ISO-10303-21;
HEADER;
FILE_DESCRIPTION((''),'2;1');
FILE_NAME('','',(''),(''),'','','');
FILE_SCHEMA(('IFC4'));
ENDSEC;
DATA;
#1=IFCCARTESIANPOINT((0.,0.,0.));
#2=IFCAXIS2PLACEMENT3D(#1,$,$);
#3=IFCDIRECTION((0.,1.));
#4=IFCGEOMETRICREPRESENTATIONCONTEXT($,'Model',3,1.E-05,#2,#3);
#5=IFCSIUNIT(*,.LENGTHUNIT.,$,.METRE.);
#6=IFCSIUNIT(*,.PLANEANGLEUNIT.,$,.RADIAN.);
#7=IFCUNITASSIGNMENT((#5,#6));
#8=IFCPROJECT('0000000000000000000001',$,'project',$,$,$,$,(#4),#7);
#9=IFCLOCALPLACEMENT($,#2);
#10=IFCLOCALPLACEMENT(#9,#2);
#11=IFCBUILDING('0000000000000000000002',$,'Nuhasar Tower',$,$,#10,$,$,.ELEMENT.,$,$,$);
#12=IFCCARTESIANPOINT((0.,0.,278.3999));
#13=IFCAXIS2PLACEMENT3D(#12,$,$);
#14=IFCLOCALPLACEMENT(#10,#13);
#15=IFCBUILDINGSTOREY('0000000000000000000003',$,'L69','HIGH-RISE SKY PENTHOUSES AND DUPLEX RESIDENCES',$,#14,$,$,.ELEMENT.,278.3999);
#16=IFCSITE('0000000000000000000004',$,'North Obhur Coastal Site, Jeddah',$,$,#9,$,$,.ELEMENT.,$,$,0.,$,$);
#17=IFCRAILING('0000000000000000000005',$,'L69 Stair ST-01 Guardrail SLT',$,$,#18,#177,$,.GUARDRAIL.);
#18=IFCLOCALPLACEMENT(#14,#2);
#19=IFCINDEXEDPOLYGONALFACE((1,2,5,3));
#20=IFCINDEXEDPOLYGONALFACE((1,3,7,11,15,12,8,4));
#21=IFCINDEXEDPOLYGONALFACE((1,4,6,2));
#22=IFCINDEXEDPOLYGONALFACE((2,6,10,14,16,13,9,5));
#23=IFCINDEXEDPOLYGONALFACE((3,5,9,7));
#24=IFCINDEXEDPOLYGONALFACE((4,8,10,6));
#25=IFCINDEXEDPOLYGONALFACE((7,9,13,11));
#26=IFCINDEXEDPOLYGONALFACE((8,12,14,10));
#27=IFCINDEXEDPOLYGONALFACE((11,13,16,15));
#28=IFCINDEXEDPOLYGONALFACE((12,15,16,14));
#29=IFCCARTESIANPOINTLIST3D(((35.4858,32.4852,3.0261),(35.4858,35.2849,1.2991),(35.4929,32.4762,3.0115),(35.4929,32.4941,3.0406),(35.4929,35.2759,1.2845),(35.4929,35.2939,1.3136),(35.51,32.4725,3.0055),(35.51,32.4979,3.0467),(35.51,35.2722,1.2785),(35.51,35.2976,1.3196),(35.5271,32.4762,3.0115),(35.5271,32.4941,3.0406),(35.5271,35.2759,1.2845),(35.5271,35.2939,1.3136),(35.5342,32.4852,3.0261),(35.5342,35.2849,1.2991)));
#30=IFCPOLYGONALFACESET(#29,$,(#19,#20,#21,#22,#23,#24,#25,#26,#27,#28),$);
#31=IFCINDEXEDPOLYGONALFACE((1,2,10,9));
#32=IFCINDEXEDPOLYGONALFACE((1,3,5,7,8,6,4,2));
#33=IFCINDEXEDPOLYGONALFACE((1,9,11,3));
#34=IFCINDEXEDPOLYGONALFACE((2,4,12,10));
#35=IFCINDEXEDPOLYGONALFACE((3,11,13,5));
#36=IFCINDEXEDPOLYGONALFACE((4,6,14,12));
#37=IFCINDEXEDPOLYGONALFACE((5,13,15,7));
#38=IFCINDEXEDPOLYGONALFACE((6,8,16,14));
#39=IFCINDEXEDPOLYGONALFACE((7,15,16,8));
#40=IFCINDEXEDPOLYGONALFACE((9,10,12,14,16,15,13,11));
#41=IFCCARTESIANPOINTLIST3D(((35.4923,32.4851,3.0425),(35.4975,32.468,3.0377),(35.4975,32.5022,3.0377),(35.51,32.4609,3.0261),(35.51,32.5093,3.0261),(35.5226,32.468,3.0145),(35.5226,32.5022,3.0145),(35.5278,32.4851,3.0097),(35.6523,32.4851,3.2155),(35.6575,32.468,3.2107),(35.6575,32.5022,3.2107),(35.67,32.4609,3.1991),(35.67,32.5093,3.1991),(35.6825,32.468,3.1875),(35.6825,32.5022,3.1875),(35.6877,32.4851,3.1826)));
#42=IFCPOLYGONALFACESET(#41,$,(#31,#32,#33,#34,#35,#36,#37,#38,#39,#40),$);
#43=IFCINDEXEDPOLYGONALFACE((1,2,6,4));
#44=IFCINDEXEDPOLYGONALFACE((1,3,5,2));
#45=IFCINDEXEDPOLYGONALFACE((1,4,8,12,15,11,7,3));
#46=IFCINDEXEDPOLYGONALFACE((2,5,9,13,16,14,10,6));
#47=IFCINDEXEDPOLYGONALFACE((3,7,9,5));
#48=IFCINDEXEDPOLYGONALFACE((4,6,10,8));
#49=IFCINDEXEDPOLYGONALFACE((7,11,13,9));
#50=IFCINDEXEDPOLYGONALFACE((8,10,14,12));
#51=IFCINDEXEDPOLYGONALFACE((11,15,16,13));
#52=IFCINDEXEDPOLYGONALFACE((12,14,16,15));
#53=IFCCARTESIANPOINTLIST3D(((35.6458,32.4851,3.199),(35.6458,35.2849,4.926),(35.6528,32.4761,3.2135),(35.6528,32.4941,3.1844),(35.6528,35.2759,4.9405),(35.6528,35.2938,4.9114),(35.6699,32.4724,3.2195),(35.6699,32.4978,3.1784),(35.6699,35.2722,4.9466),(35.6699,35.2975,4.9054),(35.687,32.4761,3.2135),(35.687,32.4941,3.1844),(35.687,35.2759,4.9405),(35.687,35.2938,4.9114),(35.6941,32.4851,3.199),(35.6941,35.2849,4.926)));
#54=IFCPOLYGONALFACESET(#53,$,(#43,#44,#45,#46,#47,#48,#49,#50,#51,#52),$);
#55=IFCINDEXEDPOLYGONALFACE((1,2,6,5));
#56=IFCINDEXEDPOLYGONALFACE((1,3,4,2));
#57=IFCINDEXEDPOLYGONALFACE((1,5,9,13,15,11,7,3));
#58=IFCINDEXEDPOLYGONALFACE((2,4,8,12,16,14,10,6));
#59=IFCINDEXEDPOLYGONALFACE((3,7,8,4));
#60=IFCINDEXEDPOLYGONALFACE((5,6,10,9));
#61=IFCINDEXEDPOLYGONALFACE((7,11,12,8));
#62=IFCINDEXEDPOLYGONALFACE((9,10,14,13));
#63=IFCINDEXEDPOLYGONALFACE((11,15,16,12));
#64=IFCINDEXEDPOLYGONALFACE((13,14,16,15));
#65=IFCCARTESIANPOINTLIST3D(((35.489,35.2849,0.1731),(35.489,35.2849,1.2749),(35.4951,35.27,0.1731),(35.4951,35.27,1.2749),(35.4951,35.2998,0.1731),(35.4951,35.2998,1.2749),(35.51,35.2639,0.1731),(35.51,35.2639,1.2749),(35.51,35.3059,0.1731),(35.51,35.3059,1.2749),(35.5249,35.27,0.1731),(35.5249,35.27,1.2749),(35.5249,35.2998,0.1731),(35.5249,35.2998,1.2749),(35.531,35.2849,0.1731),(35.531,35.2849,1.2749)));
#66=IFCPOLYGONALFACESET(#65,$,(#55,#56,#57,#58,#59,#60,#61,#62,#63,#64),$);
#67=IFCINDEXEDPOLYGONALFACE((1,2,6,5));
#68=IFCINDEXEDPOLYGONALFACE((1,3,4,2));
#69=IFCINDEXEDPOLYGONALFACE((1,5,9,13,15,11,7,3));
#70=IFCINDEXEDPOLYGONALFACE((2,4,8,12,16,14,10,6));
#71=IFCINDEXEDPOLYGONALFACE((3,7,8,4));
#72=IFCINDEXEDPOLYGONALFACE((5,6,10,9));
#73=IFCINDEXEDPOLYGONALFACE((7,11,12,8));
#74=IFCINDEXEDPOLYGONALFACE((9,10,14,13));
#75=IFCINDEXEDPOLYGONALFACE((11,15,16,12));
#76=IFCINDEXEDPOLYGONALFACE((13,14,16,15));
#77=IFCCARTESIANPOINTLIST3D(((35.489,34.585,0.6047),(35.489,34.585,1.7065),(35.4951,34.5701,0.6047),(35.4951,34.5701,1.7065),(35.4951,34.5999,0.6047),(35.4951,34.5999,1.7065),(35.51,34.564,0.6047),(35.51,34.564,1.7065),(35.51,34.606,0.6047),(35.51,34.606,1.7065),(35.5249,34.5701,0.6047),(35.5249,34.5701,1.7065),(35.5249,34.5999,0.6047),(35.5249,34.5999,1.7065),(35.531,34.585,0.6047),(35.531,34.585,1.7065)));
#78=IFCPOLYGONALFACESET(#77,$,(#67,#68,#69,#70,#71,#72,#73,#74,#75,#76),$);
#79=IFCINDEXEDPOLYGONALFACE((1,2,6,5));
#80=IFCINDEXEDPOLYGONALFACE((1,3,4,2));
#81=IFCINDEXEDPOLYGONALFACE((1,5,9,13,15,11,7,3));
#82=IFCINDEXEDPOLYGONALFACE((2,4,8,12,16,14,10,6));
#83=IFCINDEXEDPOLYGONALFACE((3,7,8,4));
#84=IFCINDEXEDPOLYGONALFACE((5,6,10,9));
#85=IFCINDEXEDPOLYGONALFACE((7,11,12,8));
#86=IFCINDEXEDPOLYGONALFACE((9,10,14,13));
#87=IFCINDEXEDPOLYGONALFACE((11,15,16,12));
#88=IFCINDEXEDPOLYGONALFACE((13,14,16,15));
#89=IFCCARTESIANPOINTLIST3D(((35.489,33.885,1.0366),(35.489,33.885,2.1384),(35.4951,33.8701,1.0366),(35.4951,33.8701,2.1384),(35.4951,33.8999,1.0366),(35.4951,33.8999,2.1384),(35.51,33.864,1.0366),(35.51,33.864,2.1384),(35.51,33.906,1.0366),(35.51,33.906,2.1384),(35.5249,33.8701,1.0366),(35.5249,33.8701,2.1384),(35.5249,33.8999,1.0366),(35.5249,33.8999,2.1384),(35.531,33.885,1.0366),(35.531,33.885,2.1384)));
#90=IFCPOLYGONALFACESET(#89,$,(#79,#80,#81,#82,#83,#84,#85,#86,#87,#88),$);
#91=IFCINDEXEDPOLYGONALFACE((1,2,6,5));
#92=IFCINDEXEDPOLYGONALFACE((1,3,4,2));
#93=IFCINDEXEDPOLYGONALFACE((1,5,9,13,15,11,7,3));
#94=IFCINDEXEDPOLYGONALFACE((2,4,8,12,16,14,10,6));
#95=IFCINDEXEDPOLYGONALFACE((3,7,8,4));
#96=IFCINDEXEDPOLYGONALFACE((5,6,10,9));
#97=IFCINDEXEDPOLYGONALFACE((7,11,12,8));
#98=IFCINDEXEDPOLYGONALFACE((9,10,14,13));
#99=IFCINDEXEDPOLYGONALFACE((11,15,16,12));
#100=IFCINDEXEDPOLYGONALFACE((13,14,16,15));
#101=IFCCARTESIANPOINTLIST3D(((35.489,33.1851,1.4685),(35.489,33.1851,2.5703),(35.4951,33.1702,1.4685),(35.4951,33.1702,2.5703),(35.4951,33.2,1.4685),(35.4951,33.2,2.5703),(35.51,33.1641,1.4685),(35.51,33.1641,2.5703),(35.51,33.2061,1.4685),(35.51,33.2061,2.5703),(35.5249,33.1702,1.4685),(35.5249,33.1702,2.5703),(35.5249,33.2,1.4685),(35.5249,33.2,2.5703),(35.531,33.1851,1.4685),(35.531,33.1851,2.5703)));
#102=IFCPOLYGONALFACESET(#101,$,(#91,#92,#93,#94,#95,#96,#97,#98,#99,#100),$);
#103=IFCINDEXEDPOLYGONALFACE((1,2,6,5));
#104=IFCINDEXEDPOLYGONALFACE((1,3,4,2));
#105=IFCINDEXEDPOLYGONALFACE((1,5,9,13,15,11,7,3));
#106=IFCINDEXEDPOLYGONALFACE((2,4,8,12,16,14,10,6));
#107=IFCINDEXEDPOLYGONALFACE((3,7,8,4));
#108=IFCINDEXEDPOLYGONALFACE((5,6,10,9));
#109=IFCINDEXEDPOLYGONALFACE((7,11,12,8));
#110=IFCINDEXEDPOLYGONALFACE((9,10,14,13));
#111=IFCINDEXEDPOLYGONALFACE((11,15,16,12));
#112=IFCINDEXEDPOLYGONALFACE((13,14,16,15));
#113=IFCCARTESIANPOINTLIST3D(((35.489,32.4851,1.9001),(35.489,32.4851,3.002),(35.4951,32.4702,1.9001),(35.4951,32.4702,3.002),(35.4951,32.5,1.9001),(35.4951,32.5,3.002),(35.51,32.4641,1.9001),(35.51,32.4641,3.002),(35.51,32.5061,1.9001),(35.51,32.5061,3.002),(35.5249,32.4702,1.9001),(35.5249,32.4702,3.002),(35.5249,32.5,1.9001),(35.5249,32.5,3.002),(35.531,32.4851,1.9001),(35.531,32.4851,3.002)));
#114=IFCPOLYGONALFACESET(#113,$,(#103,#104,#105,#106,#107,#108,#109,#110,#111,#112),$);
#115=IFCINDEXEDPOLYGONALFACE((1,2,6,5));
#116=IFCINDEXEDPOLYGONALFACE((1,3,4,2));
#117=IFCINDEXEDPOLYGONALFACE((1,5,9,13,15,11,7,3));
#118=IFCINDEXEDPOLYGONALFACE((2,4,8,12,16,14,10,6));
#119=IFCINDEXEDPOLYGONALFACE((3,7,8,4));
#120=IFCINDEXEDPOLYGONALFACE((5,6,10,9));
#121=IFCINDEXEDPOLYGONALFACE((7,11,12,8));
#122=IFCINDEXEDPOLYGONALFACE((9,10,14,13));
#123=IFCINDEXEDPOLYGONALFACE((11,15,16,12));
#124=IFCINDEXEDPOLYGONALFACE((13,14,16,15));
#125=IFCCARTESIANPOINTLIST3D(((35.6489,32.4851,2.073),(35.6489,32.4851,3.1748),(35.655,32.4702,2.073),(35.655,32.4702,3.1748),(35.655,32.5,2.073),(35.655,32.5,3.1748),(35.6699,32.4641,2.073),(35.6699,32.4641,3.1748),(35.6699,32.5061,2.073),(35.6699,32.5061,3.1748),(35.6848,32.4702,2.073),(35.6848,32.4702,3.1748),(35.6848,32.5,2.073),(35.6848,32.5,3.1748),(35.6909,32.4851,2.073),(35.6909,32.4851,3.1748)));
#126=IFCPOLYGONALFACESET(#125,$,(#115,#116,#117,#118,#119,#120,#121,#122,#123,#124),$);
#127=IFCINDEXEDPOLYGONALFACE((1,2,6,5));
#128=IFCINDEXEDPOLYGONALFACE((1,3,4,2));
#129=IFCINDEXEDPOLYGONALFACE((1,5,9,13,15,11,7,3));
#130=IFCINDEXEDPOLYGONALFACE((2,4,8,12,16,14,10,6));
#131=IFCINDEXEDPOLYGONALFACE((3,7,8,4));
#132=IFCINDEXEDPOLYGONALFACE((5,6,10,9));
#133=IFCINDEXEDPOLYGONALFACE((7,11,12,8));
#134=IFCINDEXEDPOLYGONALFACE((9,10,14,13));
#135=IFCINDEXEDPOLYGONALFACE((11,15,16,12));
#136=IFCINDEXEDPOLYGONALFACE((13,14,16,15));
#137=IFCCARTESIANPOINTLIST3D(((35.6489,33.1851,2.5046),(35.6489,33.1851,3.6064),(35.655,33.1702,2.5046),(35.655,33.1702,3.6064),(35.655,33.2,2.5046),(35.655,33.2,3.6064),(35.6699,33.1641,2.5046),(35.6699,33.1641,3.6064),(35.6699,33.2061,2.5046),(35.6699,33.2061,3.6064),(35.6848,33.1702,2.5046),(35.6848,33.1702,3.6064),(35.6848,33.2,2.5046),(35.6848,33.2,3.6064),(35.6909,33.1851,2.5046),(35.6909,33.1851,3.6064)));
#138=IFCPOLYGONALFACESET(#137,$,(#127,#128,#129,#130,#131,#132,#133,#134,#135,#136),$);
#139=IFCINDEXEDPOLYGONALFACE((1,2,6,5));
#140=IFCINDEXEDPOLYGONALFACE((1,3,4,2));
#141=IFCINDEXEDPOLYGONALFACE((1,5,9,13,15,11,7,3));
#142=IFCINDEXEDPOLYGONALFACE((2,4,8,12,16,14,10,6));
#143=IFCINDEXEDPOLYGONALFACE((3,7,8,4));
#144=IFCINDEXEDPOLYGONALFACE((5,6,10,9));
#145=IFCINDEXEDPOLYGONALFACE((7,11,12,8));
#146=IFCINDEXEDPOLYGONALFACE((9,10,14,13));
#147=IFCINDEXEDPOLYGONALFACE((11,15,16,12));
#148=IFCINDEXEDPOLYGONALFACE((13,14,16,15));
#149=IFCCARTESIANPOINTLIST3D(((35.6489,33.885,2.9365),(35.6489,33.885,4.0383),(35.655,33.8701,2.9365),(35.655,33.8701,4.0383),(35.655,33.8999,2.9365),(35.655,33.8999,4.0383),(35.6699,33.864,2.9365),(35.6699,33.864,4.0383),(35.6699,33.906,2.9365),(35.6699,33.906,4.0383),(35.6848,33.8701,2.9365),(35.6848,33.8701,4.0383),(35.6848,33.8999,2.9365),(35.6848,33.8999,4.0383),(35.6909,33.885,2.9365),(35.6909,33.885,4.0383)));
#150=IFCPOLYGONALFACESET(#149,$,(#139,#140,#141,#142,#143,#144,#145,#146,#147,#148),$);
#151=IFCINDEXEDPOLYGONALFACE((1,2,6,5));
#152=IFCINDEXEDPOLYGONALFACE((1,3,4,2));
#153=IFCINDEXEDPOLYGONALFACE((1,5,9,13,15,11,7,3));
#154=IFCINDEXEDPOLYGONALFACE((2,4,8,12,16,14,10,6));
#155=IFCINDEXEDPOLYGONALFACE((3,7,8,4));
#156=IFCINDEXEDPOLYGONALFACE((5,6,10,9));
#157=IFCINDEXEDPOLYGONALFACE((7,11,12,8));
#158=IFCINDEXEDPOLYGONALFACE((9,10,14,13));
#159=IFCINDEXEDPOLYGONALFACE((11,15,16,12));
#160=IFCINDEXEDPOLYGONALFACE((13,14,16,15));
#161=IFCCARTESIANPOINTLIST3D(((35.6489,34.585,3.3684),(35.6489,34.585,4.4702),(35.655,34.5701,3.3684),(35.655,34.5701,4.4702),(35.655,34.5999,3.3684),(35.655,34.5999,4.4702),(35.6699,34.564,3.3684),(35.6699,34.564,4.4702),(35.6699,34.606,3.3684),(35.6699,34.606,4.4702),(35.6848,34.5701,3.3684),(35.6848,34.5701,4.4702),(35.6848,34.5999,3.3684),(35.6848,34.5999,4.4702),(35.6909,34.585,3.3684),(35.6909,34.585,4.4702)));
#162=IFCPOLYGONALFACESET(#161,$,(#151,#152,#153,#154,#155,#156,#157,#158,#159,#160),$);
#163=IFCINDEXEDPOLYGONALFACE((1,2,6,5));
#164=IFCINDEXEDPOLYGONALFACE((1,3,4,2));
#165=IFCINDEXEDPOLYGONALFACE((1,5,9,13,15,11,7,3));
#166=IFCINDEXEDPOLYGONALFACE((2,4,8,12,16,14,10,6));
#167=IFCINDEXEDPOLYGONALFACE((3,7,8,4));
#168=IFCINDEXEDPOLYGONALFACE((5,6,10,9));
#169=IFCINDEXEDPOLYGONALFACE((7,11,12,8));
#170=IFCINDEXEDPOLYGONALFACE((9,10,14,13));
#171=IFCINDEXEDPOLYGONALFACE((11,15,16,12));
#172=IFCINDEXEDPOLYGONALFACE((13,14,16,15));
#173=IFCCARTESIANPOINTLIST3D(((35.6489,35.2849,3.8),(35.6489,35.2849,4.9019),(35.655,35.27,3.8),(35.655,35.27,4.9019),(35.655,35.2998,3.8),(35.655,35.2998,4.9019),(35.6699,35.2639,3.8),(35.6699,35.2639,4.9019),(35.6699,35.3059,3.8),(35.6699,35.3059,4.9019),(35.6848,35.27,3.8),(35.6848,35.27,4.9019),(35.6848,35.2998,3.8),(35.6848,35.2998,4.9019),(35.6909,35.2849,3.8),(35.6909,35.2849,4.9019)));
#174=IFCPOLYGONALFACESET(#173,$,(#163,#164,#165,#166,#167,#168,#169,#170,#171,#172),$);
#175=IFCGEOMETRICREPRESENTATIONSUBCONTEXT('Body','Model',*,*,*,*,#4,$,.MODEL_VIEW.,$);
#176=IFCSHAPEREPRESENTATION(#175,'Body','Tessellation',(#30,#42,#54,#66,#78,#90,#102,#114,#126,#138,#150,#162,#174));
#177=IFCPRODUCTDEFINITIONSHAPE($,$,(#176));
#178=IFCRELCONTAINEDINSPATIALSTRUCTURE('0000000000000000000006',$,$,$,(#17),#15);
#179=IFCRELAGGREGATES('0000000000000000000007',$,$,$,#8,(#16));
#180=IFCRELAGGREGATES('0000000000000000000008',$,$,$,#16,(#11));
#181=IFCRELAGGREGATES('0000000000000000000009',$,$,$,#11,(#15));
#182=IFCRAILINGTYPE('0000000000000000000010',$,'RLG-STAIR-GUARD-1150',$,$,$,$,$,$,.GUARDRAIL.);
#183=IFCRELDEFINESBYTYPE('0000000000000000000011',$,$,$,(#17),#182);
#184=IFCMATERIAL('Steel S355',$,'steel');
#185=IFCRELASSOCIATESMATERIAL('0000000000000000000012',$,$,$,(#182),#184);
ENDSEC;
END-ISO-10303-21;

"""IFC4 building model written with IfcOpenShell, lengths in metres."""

from ifc_helpers import new_model, si_unit, direction, frame, origin, place, context, subcontext, project, spatial, polyline, outline, extrude, material, type_object, element, save


model = new_model("IFC4")

# Units and contexts
model_context = context("Model", 3, precision=1e-05, world=origin(), true_north=direction((0.0, 1.0)))
body_context = subcontext(model_context, "Body", "Model", "MODEL_VIEW")
ifc_project = project(units=[si_unit("LENGTHUNIT", "METRE"), si_unit("PLANEANGLEUNIT", "RADIAN")], contexts=[model_context])

# Site, building, storey
site_placement = place(None, origin())
site = spatial("IfcSite", under=ifc_project, at=site_placement, Name="North Obhur Coastal Site, Jeddah", CompositionType="ELEMENT", RefElevation=0.0)
building_placement = place(site_placement, origin())
building = spatial("IfcBuilding", under=site, at=building_placement, Name="Nuhasar Tower", CompositionType="ELEMENT")
storey_placement = place(building_placement, frame((0.0, 0.0, 278.3999)))
storey = spatial("IfcBuildingStorey", under=building, at=storey_placement, Name="L69", Description="HIGH-RISE SKY PENTHOUSES AND DUPLEX RESIDENCES", CompositionType="ELEMENT", Elevation=278.3999)

# Shared definitions
ifc_material_1 = material(Name="Steel S355", Category="steel")

# Railing
railing_type_1 = type_object("IfcRailingType", Name="RLG-STAIR-GUARD-1150", PredefinedType="GUARDRAIL", material=ifc_material_1)
railing_1_placement = place(storey_placement, frame((35.51, 35.2849, 0.1731)))
element("IfcRailing", 1, at=railing_1_placement, inside=storey, type_object=railing_type_1, Name="L69 Stair ST-01 Guardrail SLT", PredefinedType="GUARDRAIL", context=body_context, shape_type="SweptSolid", body=[
    extrude(outline(polyline([(0.0242, 0.0), (0.0171, 0.0171), (0.0, 0.0242), (-0.0171, 0.0171), (-0.0242, 0.0), (-0.0171, -0.0171), (0.0, -0.0242), (0.0171, -0.0171), (0.0242, 0.0)])), frame((0.0, 0.0, 1.126), z_axis=(0.0, -0.851102, 0.525), x_axis=(1.0, 0.0, 0.0)), (0.0, 0.0, 1.0), 3.2896),
    extrude(outline(polyline([(0.0242, 0.0), (0.0171, 0.0171), (0.0, 0.0242), (-0.0171, 0.0171), (-0.0242, 0.0), (-0.0171, -0.0171), (0.0, -0.0242), (0.0171, -0.0171), (0.0242, 0.0)])), frame((0.0, -2.7998, 2.853), z_axis=(0.679098, 0.0, 0.734048), x_axis=(0.0, 1.0, 0.0)), (0.0, 0.0, 1.0), 0.2356),
    extrude(outline(polyline([(0.0242, 0.0), (0.0171, 0.0171), (0.0, 0.0242), (-0.0171, 0.0171), (-0.0242, 0.0), (-0.0171, -0.0171), (0.0, -0.0242), (0.0171, -0.0171), (0.0242, 0.0)])), frame((0.1599, -2.7998, 3.0259), z_axis=(0.0, 0.851102, 0.525), x_axis=(-1.0, 0.0, 0.0)), (0.0, 0.0, 1.0), 3.2896),
    extrude(outline(polyline([(0.021, 0.0), (0.0149, 0.0149), (0.0, 0.021), (-0.0149, 0.0149), (-0.021, 0.0), (-0.0149, -0.0149), (0.0, -0.021), (0.0149, -0.0149), (0.021, 0.0)])), origin(), (0.0, 0.0, 1.0), 1.1018),
    extrude(outline(polyline([(0.021, 0.0), (0.0149, 0.0149), (0.0, 0.021), (-0.0149, 0.0149), (-0.021, 0.0), (-0.0149, -0.0149), (0.0, -0.021), (0.0149, -0.0149), (0.021, 0.0)])), frame((0.0, -0.7, 0.4316)), (0.0, 0.0, 1.0), 1.1018),
    extrude(outline(polyline([(0.021, 0.0), (0.0149, 0.0149), (0.0, 0.021), (-0.0149, 0.0149), (-0.021, 0.0), (-0.0149, -0.0149), (0.0, -0.021), (0.0149, -0.0149), (0.021, 0.0)])), frame((0.0, -1.3999, 0.8635)), (0.0, 0.0, 1.0), 1.1018),
    extrude(outline(polyline([(0.021, 0.0), (0.0149, 0.0149), (0.0, 0.021), (-0.0149, 0.0149), (-0.021, 0.0), (-0.0149, -0.0149), (0.0, -0.021), (0.0149, -0.0149), (0.021, 0.0)])), frame((0.0, -2.0999, 1.2954)), (0.0, 0.0, 1.0), 1.1018),
    extrude(outline(polyline([(0.021, 0.0), (0.0149, 0.0149), (0.0, 0.021), (-0.0149, 0.0149), (-0.021, 0.0), (-0.0149, -0.0149), (0.0, -0.021), (0.0149, -0.0149), (0.021, 0.0)])), frame((0.0, -2.7998, 1.7271)), (0.0, 0.0, 1.0), 1.1018),
    extrude(outline(polyline([(0.021, 0.0), (0.0149, 0.0149), (0.0, 0.021), (-0.0149, 0.0149), (-0.021, 0.0), (-0.0149, -0.0149), (0.0, -0.021), (0.0149, -0.0149), (0.021, 0.0)])), frame((0.1599, -2.7998, 1.8999)), (0.0, 0.0, 1.0), 1.1018),
    extrude(outline(polyline([(0.021, 0.0), (0.0149, 0.0149), (0.0, 0.021), (-0.0149, 0.0149), (-0.021, 0.0), (-0.0149, -0.0149), (0.0, -0.021), (0.0149, -0.0149), (0.021, 0.0)])), frame((0.1599, -2.0999, 2.3315)), (0.0, 0.0, 1.0), 1.1018),
    extrude(outline(polyline([(0.021, 0.0), (0.0149, 0.0149), (0.0, 0.021), (-0.0149, 0.0149), (-0.021, 0.0), (-0.0149, -0.0149), (0.0, -0.021), (0.0149, -0.0149), (0.021, 0.0)])), frame((0.1599, -1.3999, 2.7634)), (0.0, 0.0, 1.0), 1.1018),
    extrude(outline(polyline([(0.021, 0.0), (0.0149, 0.0149), (0.0, 0.021), (-0.0149, 0.0149), (-0.021, 0.0), (-0.0149, -0.0149), (0.0, -0.021), (0.0149, -0.0149), (0.021, 0.0)])), frame((0.1599, -0.7, 3.1953)), (0.0, 0.0, 1.0), 1.1018),
    extrude(outline(polyline([(0.021, 0.0), (0.0149, 0.0149), (0.0, 0.021), (-0.0149, 0.0149), (-0.021, 0.0), (-0.0149, -0.0149), (0.0, -0.021), (0.0149, -0.0149), (0.021, 0.0)])), frame((0.1599, 0.0, 3.627)), (0.0, 0.0, 1.0), 1.1018),
])

save(model, "model.ifc")
